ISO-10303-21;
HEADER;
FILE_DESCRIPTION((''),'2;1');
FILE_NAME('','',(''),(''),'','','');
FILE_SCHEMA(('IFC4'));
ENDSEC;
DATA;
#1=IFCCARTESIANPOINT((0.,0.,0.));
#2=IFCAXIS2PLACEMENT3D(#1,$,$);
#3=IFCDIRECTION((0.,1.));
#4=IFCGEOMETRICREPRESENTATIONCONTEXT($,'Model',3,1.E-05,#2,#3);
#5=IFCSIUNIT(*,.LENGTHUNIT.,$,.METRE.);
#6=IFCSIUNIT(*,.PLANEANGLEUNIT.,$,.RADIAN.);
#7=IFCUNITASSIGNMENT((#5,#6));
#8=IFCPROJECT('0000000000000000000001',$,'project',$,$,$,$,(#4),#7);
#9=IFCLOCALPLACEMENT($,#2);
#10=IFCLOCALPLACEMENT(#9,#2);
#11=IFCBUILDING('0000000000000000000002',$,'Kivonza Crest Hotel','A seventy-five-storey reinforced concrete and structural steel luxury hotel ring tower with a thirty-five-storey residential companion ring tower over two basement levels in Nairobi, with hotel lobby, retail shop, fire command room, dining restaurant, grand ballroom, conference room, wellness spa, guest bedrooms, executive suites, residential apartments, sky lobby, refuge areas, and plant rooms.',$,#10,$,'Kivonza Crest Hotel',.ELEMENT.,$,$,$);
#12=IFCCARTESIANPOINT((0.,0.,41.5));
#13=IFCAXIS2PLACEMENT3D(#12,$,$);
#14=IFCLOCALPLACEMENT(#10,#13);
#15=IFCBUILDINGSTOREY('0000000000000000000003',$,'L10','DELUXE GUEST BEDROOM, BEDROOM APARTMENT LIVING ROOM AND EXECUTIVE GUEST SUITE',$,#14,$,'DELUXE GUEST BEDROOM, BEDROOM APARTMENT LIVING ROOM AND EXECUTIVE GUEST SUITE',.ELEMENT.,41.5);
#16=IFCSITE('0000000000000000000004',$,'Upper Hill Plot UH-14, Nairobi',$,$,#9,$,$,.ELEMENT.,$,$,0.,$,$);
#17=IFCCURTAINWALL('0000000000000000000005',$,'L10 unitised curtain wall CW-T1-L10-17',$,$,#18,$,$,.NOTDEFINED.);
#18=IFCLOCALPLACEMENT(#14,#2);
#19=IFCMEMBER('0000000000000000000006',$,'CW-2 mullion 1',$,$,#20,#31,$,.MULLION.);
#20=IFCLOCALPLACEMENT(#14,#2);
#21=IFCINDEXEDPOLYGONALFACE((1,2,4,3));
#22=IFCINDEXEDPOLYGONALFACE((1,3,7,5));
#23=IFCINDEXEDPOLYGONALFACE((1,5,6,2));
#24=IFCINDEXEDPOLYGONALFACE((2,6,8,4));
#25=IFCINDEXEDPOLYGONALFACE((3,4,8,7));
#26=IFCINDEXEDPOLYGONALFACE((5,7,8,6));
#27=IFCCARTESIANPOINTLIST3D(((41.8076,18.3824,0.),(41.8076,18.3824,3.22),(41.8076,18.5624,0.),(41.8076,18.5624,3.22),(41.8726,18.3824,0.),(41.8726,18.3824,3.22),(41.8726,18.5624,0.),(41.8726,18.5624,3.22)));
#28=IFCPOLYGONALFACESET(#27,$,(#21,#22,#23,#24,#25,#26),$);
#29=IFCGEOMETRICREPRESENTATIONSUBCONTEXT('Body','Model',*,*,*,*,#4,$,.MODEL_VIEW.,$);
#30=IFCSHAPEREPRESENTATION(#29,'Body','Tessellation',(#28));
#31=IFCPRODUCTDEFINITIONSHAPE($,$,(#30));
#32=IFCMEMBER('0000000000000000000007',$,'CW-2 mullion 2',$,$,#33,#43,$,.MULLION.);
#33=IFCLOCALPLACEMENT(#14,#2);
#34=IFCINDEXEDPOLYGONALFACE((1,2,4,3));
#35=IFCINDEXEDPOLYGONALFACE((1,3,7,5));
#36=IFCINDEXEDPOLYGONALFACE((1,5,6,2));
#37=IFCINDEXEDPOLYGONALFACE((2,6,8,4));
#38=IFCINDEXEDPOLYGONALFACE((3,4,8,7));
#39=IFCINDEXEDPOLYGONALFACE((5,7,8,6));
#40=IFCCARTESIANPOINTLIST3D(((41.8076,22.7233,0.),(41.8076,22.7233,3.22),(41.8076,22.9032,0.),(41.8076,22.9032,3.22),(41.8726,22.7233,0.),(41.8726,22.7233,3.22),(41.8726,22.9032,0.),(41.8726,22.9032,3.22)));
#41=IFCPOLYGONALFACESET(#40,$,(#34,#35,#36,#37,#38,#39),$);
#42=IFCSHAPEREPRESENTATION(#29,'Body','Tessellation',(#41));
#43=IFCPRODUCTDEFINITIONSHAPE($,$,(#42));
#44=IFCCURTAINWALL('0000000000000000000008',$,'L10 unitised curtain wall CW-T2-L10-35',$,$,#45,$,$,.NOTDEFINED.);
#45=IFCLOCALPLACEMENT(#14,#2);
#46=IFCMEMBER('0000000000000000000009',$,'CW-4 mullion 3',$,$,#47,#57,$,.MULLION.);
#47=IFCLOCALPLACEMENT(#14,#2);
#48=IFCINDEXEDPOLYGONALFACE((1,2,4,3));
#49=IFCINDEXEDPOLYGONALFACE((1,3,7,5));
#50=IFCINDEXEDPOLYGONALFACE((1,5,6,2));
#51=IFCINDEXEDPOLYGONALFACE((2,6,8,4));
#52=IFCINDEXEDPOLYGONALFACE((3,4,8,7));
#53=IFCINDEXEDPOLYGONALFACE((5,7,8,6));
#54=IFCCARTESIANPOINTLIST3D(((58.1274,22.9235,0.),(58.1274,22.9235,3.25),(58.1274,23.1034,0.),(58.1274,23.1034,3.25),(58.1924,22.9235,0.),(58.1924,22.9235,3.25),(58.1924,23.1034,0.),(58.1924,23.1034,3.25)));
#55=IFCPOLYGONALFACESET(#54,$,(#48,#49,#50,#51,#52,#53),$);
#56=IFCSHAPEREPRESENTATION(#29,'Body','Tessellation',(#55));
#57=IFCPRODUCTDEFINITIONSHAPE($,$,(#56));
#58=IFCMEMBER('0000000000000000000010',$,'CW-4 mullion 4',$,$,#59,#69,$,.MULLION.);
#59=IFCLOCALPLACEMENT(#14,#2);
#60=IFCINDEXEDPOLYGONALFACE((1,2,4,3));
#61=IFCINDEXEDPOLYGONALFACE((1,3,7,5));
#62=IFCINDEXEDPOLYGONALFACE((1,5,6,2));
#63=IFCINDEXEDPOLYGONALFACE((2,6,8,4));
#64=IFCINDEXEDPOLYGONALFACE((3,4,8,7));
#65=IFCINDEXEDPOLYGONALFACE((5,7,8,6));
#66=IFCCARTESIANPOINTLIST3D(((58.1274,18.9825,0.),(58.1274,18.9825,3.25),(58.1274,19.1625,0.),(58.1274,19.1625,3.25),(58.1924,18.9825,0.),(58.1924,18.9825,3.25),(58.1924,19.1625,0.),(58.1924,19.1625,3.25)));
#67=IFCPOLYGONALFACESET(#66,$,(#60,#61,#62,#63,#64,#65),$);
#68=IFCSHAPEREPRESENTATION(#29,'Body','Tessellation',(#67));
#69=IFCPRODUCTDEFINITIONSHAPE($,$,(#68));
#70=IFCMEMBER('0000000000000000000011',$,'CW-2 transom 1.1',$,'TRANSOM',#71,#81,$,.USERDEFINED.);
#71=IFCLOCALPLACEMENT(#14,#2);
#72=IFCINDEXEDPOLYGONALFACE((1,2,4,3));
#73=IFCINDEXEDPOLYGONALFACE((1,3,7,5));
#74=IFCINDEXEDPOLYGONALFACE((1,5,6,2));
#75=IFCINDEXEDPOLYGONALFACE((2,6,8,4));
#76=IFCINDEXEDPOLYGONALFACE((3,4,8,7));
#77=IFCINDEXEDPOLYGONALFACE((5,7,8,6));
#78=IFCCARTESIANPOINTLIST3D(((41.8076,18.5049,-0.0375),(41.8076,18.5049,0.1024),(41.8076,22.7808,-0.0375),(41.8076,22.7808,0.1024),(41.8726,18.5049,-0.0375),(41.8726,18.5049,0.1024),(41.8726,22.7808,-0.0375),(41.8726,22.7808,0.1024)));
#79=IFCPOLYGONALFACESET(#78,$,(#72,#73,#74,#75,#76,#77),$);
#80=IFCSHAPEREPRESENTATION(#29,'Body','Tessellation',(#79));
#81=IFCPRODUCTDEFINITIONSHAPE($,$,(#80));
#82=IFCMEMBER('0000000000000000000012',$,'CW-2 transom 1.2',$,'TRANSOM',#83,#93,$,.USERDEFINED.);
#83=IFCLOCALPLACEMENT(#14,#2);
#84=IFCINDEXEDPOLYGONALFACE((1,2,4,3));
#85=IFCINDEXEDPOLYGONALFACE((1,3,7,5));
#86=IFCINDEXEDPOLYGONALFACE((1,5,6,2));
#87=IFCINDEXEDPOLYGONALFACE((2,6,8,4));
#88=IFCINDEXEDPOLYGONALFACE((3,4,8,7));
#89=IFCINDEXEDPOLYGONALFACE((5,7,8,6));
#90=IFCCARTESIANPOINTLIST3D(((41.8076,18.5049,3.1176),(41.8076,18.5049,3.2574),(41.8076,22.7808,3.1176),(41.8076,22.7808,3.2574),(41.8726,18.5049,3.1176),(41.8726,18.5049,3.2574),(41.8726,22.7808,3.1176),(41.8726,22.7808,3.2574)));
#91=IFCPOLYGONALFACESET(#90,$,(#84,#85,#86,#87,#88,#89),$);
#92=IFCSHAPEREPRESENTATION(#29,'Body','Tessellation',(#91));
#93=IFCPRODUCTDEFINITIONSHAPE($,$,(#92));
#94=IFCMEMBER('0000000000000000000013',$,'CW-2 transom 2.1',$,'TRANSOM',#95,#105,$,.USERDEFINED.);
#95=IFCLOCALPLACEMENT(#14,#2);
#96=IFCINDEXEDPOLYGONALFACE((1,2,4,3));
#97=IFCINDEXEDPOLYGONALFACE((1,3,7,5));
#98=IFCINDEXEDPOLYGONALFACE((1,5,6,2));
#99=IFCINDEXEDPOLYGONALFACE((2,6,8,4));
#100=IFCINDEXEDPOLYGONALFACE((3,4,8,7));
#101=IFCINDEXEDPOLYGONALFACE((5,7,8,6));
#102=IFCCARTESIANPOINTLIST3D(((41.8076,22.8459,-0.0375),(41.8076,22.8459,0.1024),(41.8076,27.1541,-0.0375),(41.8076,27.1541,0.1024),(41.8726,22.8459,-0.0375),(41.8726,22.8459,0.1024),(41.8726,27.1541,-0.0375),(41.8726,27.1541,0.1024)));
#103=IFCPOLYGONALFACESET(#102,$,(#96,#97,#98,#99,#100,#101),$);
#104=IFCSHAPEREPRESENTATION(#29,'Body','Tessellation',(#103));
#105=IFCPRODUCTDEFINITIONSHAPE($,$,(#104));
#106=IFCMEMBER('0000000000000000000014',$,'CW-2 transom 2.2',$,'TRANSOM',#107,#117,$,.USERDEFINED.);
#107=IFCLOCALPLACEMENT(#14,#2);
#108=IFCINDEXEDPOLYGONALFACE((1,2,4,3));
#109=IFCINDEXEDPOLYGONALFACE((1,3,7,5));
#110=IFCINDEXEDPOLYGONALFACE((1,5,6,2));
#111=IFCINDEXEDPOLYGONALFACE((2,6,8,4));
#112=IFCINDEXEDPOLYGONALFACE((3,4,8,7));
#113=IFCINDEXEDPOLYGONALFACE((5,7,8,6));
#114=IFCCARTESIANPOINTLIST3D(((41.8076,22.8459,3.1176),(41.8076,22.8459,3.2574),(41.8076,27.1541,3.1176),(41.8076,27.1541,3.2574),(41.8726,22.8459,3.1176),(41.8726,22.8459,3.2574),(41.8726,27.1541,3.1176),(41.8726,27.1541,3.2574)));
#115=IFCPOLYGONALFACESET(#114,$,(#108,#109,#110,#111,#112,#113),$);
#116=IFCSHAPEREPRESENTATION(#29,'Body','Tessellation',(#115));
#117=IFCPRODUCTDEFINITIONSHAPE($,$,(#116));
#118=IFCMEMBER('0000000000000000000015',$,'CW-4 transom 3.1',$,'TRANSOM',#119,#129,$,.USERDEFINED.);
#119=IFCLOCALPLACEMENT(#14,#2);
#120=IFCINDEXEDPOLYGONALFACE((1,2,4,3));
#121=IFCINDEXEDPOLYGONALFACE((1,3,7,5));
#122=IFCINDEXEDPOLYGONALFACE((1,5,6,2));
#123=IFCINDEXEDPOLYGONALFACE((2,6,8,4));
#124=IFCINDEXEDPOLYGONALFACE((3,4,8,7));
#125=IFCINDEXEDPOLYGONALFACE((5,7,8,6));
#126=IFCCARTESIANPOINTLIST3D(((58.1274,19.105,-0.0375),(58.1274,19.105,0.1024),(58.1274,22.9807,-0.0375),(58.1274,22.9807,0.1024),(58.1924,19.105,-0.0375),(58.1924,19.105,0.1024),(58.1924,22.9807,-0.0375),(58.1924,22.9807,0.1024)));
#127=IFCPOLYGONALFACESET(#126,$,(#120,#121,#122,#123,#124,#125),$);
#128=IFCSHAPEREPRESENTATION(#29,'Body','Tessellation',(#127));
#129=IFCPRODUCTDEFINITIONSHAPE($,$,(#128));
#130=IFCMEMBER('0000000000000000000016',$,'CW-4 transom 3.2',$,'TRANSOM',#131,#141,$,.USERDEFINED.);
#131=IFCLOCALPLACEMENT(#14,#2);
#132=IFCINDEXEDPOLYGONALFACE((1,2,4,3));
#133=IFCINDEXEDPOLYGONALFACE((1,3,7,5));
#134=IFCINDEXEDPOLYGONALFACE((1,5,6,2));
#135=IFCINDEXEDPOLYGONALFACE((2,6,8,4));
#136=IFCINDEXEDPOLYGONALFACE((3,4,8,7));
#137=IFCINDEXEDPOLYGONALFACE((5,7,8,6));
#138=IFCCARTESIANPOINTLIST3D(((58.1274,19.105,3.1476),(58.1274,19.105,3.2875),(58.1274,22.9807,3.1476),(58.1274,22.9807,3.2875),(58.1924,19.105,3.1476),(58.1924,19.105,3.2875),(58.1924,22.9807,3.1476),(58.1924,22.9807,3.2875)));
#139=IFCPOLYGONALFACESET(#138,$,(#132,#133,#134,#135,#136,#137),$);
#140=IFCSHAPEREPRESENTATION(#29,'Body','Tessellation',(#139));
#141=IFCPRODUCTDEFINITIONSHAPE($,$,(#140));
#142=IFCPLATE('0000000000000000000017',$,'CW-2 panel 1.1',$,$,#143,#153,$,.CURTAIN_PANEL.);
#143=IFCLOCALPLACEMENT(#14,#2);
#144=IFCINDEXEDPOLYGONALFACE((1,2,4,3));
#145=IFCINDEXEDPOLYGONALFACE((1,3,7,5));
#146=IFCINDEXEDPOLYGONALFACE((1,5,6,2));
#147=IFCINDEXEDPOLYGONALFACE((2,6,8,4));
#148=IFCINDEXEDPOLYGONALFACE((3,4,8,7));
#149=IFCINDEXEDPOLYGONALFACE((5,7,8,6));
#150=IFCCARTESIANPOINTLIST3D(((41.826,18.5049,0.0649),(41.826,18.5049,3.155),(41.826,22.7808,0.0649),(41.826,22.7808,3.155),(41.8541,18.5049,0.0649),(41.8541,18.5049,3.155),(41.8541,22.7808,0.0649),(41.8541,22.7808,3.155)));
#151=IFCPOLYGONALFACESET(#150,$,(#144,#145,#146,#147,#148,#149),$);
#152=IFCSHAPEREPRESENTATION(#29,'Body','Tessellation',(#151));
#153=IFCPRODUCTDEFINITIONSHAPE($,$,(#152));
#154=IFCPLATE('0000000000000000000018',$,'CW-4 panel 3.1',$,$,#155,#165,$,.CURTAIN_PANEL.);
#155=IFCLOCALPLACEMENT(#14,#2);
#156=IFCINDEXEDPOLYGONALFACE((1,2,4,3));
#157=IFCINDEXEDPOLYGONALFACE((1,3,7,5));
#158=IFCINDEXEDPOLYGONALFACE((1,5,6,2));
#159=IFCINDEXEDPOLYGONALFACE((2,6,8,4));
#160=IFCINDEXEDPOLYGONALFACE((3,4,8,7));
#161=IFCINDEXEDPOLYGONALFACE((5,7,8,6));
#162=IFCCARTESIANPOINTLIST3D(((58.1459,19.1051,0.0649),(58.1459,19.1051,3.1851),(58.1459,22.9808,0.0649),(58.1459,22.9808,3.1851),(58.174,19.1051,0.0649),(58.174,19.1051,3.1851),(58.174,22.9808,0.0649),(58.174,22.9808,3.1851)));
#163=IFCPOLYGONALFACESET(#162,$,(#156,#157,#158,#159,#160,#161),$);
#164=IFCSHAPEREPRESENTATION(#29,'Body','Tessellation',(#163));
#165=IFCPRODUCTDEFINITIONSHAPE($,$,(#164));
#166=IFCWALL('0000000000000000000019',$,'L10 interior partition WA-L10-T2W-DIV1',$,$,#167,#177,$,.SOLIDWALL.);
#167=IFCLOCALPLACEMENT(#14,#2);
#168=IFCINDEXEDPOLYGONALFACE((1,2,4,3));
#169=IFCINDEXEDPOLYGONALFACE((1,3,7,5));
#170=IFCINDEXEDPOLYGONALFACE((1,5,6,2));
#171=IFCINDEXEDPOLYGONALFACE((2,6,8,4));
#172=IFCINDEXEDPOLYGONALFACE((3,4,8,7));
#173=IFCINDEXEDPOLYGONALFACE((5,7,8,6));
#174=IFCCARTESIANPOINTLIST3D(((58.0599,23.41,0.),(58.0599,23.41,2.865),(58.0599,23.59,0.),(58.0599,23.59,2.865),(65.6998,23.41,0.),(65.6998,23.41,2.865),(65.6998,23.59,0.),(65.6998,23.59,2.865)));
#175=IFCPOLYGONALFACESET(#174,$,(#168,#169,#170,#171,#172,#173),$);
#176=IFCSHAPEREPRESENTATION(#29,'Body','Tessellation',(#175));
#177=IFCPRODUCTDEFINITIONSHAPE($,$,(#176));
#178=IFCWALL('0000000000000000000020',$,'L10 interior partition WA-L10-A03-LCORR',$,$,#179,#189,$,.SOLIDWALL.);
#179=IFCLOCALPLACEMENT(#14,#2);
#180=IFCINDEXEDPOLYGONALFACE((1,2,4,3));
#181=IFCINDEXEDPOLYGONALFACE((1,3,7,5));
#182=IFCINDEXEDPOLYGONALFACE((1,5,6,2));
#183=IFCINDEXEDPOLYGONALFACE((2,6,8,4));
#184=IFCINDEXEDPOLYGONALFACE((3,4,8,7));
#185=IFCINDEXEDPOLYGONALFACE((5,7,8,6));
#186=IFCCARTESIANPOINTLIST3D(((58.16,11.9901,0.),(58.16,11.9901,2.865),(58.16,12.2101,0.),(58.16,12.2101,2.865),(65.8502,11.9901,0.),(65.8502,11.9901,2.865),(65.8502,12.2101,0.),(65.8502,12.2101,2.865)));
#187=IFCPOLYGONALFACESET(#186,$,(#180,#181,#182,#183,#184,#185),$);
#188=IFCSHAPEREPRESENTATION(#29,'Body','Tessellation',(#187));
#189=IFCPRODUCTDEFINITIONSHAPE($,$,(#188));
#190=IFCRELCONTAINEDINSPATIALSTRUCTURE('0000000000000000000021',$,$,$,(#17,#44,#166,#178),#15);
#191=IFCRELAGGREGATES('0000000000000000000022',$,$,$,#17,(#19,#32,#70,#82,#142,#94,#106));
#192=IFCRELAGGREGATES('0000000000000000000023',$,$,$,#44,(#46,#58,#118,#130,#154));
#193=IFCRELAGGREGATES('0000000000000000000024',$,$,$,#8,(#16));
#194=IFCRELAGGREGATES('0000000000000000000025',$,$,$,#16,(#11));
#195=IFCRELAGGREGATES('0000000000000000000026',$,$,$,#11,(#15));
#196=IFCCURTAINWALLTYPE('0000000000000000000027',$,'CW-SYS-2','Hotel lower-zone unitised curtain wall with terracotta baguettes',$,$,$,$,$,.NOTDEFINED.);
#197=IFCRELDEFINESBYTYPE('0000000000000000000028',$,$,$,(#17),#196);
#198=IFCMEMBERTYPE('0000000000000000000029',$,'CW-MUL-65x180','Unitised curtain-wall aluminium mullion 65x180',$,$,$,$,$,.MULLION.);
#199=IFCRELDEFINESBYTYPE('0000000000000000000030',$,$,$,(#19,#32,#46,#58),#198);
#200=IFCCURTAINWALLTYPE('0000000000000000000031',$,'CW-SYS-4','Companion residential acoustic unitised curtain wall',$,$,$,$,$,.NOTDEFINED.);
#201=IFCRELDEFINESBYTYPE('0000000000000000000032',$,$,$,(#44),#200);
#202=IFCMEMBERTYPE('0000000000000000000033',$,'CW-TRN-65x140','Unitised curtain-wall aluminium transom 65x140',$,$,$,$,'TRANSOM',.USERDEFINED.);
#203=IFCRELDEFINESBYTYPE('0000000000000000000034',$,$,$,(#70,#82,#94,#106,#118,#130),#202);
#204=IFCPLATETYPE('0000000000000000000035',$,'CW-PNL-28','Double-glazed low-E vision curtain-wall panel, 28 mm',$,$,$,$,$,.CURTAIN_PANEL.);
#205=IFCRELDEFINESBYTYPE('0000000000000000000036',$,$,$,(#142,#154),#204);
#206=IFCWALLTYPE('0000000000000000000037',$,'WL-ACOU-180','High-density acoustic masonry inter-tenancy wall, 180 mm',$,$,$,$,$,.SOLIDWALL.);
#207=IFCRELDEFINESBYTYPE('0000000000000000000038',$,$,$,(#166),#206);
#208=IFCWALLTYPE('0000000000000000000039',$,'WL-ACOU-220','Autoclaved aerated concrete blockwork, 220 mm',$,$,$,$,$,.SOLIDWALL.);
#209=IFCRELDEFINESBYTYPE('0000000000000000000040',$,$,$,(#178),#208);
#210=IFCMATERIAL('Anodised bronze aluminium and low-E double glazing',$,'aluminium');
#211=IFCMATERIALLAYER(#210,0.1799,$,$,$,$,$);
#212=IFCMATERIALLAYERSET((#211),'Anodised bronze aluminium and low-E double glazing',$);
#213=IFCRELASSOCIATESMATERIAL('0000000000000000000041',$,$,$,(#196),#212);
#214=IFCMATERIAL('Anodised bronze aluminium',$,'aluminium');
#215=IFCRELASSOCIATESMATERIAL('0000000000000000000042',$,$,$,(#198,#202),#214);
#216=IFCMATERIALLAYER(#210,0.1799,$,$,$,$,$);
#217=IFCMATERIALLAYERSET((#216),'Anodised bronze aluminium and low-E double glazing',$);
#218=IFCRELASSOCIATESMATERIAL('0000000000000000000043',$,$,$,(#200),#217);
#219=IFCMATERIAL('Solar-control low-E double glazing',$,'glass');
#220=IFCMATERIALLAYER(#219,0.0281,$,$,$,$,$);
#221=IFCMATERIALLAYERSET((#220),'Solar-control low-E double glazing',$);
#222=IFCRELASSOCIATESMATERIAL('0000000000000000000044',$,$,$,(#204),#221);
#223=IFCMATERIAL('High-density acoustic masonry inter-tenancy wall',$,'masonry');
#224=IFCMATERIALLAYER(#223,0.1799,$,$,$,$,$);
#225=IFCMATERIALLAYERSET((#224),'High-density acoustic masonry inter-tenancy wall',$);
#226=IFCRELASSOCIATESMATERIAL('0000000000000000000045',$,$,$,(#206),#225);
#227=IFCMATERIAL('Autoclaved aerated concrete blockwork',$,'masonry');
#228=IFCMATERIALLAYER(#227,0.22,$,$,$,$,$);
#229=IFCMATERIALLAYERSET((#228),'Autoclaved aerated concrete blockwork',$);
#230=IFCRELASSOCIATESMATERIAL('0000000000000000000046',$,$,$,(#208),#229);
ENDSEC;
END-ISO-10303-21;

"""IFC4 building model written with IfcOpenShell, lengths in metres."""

from ifc_helpers import new_model, si_unit, direction, frame, frame_2d, origin, origin_2d, place, context, subcontext, project, spatial, rectangle, extrude, material, layer, layer_set, material_profile, profile_set, type_object, element, aggregate, save


model = new_model("IFC4")

# Units and contexts
model_context = context("Model", 3, precision=1e-05, world=origin(), true_north=direction((0.0, 1.0)))
body_context = subcontext(model_context, "Body", "Model", "MODEL_VIEW")
ifc_project = project(units=[si_unit("LENGTHUNIT", "METRE"), si_unit("PLANEANGLEUNIT", "RADIAN")], contexts=[model_context])

# Site, building, storey
site_placement = place(None, origin())
site = spatial("IfcSite", under=ifc_project, at=site_placement, Name="Upper Hill Plot UH-14, Nairobi", CompositionType="ELEMENT", RefElevation=0.0)
building_placement = place(site_placement, origin())
building = spatial("IfcBuilding", under=site, at=building_placement, Name="Kivonza Crest Hotel", Description="A seventy-five-storey reinforced concrete and structural steel luxury hotel ring tower with a thirty-five-storey residential companion ring tower over two basement levels in Nairobi, with hotel lobby, retail shop, fire command room, dining restaurant, grand ballroom, conference room, wellness spa, guest bedrooms, executive suites, residential apartments, sky lobby, refuge areas, and plant rooms.", LongName="Kivonza Crest Hotel", CompositionType="ELEMENT")
storey_placement = place(building_placement, frame((0.0, 0.0, 41.5)))
storey = spatial("IfcBuildingStorey", under=building, at=storey_placement, Name="L10", Description="DELUXE GUEST BEDROOM, BEDROOM APARTMENT LIVING ROOM AND EXECUTIVE GUEST SUITE", LongName="DELUXE GUEST BEDROOM, BEDROOM APARTMENT LIVING ROOM AND EXECUTIVE GUEST SUITE", CompositionType="ELEMENT", Elevation=41.5)

# Curtain walls, members
ifc_material_1 = material(Name="Anodised bronze aluminium and low-E double glazing", Category="aluminium")
ifc_layer_1 = layer(ifc_material_1, 0.1799)
ifc_layer_set_1 = layer_set([ifc_layer_1], Name="Anodised bronze aluminium and low-E double glazing")
curtain_wall_type_1 = type_object("IfcCurtainWallType", Name="CW-SYS-2", Description="Hotel lower-zone unitised curtain wall with terracotta baguettes", PredefinedType="NOTDEFINED", material=ifc_layer_set_1)
curtain_wall_1_placement = place(storey_placement, origin())
curtain_wall_1 = element("IfcCurtainWall", 1, at=curtain_wall_1_placement, inside=storey, type_object=curtain_wall_type_1, Name="L10 unitised curtain wall CW-T1-L10-17", PredefinedType="NOTDEFINED")
ifc_material_2 = material(Name="Anodised bronze aluminium", Category="aluminium")
ifc_material_profile_1 = material_profile(ifc_material_2, rectangle(XDim=0.0649, YDim=0.1799, at=origin_2d()), Name="CW-M 65x180")
ifc_profile_set_1 = profile_set([ifc_material_profile_1], Name="Anodised bronze aluminium")
member_type_1 = type_object("IfcMemberType", Name="CW-MUL-65x180", Description="Unitised curtain-wall aluminium mullion 65x180", PredefinedType="MULLION", material=ifc_profile_set_1)
member_1_placement = place(storey_placement, frame((41.8401, 18.4724, 0.0), z_axis=(0.0, 0.0, 1.0), x_axis=(-1.0, 0.0, 0.0)))
member_1 = element("IfcMember", 2, at=member_1_placement, type_object=member_type_1, Name="CW-2 mullion 1", PredefinedType="MULLION", context=body_context, shape_type="SweptSolid", body=[
    extrude(rectangle(XDim=0.0649, YDim=0.1799, at=origin_2d()), origin(), (0.0, 0.0, 1.0), 3.22),
])
member_2_placement = place(storey_placement, frame((41.8401, 22.8132, 0.0), z_axis=(0.0, 0.0, 1.0), x_axis=(-1.0, 0.0, 0.0)))
member_2 = element("IfcMember", 3, at=member_2_placement, type_object=member_type_1, Name="CW-2 mullion 2", PredefinedType="MULLION", context=body_context, shape_type="SweptSolid", body=[
    extrude(rectangle(XDim=0.0649, YDim=0.1799, at=origin_2d()), origin(), (0.0, 0.0, 1.0), 3.22),
])
ifc_layer_2 = layer(ifc_material_1, 0.1799)
ifc_layer_set_2 = layer_set([ifc_layer_2], Name="Anodised bronze aluminium and low-E double glazing")
curtain_wall_type_2 = type_object("IfcCurtainWallType", Name="CW-SYS-4", Description="Companion residential acoustic unitised curtain wall", PredefinedType="NOTDEFINED", material=ifc_layer_set_2)
curtain_wall_2_placement = place(storey_placement, origin())
curtain_wall_2 = element("IfcCurtainWall", 4, at=curtain_wall_2_placement, inside=storey, type_object=curtain_wall_type_2, Name="L10 unitised curtain wall CW-T2-L10-35", PredefinedType="NOTDEFINED")
member_3_placement = place(storey_placement, frame((58.1599, 23.0134, 0.0), z_axis=(0.0, 0.0, 1.0), x_axis=(1.0, 0.0, 0.0)))
member_3 = element("IfcMember", 5, at=member_3_placement, type_object=member_type_1, Name="CW-4 mullion 3", PredefinedType="MULLION", context=body_context, shape_type="SweptSolid", body=[
    extrude(rectangle(XDim=0.0649, YDim=0.1799, at=origin_2d()), origin(), (0.0, 0.0, 1.0), 3.25),
])
member_4_placement = place(storey_placement, frame((58.1599, 19.0725, 0.0), z_axis=(0.0, 0.0, 1.0), x_axis=(1.0, 0.0, 0.0)))
member_4 = element("IfcMember", 6, at=member_4_placement, type_object=member_type_1, Name="CW-4 mullion 4", PredefinedType="MULLION", context=body_context, shape_type="SweptSolid", body=[
    extrude(rectangle(XDim=0.0649, YDim=0.1799, at=origin_2d()), origin(), (0.0, 0.0, 1.0), 3.25),
])

# Members
ifc_material_profile_2 = material_profile(ifc_material_2, rectangle(XDim=0.0649, YDim=0.1399, at=origin_2d()), Name="CW-T 65x140")
ifc_profile_set_2 = profile_set([ifc_material_profile_2], Name="Anodised bronze aluminium")
member_type_2 = type_object("IfcMemberType", Name="CW-TRN-65x140", Description="Unitised curtain-wall aluminium transom 65x140", ElementType="TRANSOM", PredefinedType="USERDEFINED", material=ifc_profile_set_2)
member_5_placement = place(storey_placement, frame((41.8401, 18.5049, 0.0325), z_axis=(0.0, 1.0, 0.0), x_axis=(-1.0, 0.0, 0.0)))
member_5 = element("IfcMember", 7, at=member_5_placement, type_object=member_type_2, Name="CW-2 transom 1.1", ObjectType="TRANSOM", PredefinedType="USERDEFINED", context=body_context, shape_type="SweptSolid", body=[
    extrude(rectangle(XDim=0.0649, YDim=0.1399, at=origin_2d()), origin(), (0.0, 0.0, 1.0), 4.2759),
])
member_6_placement = place(storey_placement, frame((41.8401, 18.5049, 3.1875), z_axis=(0.0, 1.0, 0.0), x_axis=(-1.0, 0.0, 0.0)))
member_6 = element("IfcMember", 8, at=member_6_placement, type_object=member_type_2, Name="CW-2 transom 1.2", ObjectType="TRANSOM", PredefinedType="USERDEFINED", context=body_context, shape_type="SweptSolid", body=[
    extrude(rectangle(XDim=0.0649, YDim=0.1399, at=origin_2d()), origin(), (0.0, 0.0, 1.0), 4.2759),
])
member_7_placement = place(storey_placement, frame((41.8401, 22.8459, 0.0325), z_axis=(0.0, 1.0, 0.0), x_axis=(-1.0, 0.0, 0.0)))
member_7 = element("IfcMember", 9, at=member_7_placement, type_object=member_type_2, Name="CW-2 transom 2.1", ObjectType="TRANSOM", PredefinedType="USERDEFINED", context=body_context, shape_type="SweptSolid", body=[
    extrude(rectangle(XDim=0.0649, YDim=0.1399, at=origin_2d()), origin(), (0.0, 0.0, 1.0), 4.3081),
])
member_8_placement = place(storey_placement, frame((41.8401, 22.8459, 3.1875), z_axis=(0.0, 1.0, 0.0), x_axis=(-1.0, 0.0, 0.0)))
member_8 = element("IfcMember", 10, at=member_8_placement, type_object=member_type_2, Name="CW-2 transom 2.2", ObjectType="TRANSOM", PredefinedType="USERDEFINED", context=body_context, shape_type="SweptSolid", body=[
    extrude(rectangle(XDim=0.0649, YDim=0.1399, at=origin_2d()), origin(), (0.0, 0.0, 1.0), 4.3081),
])
member_9_placement = place(storey_placement, frame((58.1599, 22.9807, 0.0325), z_axis=(0.0, -1.0, 0.0), x_axis=(1.0, 0.0, 0.0)))
member_9 = element("IfcMember", 11, at=member_9_placement, type_object=member_type_2, Name="CW-4 transom 3.1", ObjectType="TRANSOM", PredefinedType="USERDEFINED", context=body_context, shape_type="SweptSolid", body=[
    extrude(rectangle(XDim=0.0649, YDim=0.1399, at=origin_2d()), origin(), (0.0, 0.0, 1.0), 3.8757),
])
member_10_placement = place(storey_placement, frame((58.1599, 22.9807, 3.2175), z_axis=(0.0, -1.0, 0.0), x_axis=(1.0, 0.0, 0.0)))
member_10 = element("IfcMember", 12, at=member_10_placement, type_object=member_type_2, Name="CW-4 transom 3.2", ObjectType="TRANSOM", PredefinedType="USERDEFINED", context=body_context, shape_type="SweptSolid", body=[
    extrude(rectangle(XDim=0.0649, YDim=0.1399, at=origin_2d()), origin(), (0.0, 0.0, 1.0), 3.8757),
])

# Plates
ifc_material_3 = material(Name="Solar-control low-E double glazing", Category="glass")
ifc_layer_3 = layer(ifc_material_3, 0.0281)
ifc_layer_set_3 = layer_set([ifc_layer_3], Name="Solar-control low-E double glazing")
plate_type = type_object("IfcPlateType", Name="CW-PNL-28", Description="Double-glazed low-E vision curtain-wall panel, 28 mm", PredefinedType="CURTAIN_PANEL", material=ifc_layer_set_3)
plate_1_placement = place(storey_placement, frame((41.8401, 20.6428, 0.0649), z_axis=(0.0, 0.0, 1.0), x_axis=(0.0, 1.0, 0.0)))
plate_1 = element("IfcPlate", 13, at=plate_1_placement, type_object=plate_type, Name="CW-2 panel 1.1", PredefinedType="CURTAIN_PANEL", context=body_context, shape_type="SweptSolid", body=[
    extrude(rectangle(XDim=4.2759, YDim=0.0281, at=origin_2d()), origin(), (0.0, 0.0, 1.0), 3.0901),
])
aggregate(curtain_wall_1, [member_1, member_2, member_5, member_6, plate_1, member_7, member_8])
plate_2_placement = place(storey_placement, frame((58.1599, 21.043, 0.0649), z_axis=(0.0, 0.0, 1.0), x_axis=(0.0, -1.0, 0.0)))
plate_2 = element("IfcPlate", 14, at=plate_2_placement, type_object=plate_type, Name="CW-4 panel 3.1", PredefinedType="CURTAIN_PANEL", context=body_context, shape_type="SweptSolid", body=[
    extrude(rectangle(XDim=3.8757, YDim=0.0281, at=origin_2d()), origin(), (0.0, 0.0, 1.0), 3.1201),
])
aggregate(curtain_wall_2, [member_3, member_4, member_9, member_10, plate_2])

# Walls
ifc_material_4 = material(Name="High-density acoustic masonry inter-tenancy wall", Category="masonry")
ifc_layer_4 = layer(ifc_material_4, 0.1799)
ifc_layer_set_4 = layer_set([ifc_layer_4], Name="High-density acoustic masonry inter-tenancy wall")
wall_type_1 = type_object("IfcWallType", Name="WL-ACOU-180", Description="High-density acoustic masonry inter-tenancy wall, 180 mm", PredefinedType="SOLIDWALL", material=ifc_layer_set_4)
wall_1_placement = place(storey_placement, frame((58.0601, 23.5, 0.0), z_axis=(0.0, 0.0, 1.0), x_axis=(1.0, 0.0, 0.0)))
element("IfcWall", 15, at=wall_1_placement, inside=storey, type_object=wall_type_1, Name="L10 interior partition WA-L10-T2W-DIV1", PredefinedType="SOLIDWALL", context=body_context, shape_type="SweptSolid", body=[
    extrude(rectangle(XDim=7.6399, YDim=0.1799, at=frame_2d((3.8198, 0.0))), origin(), (0.0, 0.0, 1.0), 2.865),
])
ifc_material_5 = material(Name="Autoclaved aerated concrete blockwork", Category="masonry")
ifc_layer_5 = layer(ifc_material_5, 0.22)
ifc_layer_set_5 = layer_set([ifc_layer_5], Name="Autoclaved aerated concrete blockwork")
wall_type_2 = type_object("IfcWallType", Name="WL-ACOU-220", Description="Autoclaved aerated concrete blockwork, 220 mm", PredefinedType="SOLIDWALL", material=ifc_layer_set_5)
wall_2_placement = place(storey_placement, frame((58.1599, 12.1001, 0.0), z_axis=(0.0, 0.0, 1.0), x_axis=(1.0, 0.0, 0.0)))
element("IfcWall", 16, at=wall_2_placement, inside=storey, type_object=wall_type_2, Name="L10 interior partition WA-L10-A03-LCORR", PredefinedType="SOLIDWALL", context=body_context, shape_type="SweptSolid", body=[
    extrude(rectangle(XDim=7.6902, YDim=0.22, at=frame_2d((3.8452, 0.0))), origin(), (0.0, 0.0, 1.0), 2.865),
])

save(model, "model.ifc")
